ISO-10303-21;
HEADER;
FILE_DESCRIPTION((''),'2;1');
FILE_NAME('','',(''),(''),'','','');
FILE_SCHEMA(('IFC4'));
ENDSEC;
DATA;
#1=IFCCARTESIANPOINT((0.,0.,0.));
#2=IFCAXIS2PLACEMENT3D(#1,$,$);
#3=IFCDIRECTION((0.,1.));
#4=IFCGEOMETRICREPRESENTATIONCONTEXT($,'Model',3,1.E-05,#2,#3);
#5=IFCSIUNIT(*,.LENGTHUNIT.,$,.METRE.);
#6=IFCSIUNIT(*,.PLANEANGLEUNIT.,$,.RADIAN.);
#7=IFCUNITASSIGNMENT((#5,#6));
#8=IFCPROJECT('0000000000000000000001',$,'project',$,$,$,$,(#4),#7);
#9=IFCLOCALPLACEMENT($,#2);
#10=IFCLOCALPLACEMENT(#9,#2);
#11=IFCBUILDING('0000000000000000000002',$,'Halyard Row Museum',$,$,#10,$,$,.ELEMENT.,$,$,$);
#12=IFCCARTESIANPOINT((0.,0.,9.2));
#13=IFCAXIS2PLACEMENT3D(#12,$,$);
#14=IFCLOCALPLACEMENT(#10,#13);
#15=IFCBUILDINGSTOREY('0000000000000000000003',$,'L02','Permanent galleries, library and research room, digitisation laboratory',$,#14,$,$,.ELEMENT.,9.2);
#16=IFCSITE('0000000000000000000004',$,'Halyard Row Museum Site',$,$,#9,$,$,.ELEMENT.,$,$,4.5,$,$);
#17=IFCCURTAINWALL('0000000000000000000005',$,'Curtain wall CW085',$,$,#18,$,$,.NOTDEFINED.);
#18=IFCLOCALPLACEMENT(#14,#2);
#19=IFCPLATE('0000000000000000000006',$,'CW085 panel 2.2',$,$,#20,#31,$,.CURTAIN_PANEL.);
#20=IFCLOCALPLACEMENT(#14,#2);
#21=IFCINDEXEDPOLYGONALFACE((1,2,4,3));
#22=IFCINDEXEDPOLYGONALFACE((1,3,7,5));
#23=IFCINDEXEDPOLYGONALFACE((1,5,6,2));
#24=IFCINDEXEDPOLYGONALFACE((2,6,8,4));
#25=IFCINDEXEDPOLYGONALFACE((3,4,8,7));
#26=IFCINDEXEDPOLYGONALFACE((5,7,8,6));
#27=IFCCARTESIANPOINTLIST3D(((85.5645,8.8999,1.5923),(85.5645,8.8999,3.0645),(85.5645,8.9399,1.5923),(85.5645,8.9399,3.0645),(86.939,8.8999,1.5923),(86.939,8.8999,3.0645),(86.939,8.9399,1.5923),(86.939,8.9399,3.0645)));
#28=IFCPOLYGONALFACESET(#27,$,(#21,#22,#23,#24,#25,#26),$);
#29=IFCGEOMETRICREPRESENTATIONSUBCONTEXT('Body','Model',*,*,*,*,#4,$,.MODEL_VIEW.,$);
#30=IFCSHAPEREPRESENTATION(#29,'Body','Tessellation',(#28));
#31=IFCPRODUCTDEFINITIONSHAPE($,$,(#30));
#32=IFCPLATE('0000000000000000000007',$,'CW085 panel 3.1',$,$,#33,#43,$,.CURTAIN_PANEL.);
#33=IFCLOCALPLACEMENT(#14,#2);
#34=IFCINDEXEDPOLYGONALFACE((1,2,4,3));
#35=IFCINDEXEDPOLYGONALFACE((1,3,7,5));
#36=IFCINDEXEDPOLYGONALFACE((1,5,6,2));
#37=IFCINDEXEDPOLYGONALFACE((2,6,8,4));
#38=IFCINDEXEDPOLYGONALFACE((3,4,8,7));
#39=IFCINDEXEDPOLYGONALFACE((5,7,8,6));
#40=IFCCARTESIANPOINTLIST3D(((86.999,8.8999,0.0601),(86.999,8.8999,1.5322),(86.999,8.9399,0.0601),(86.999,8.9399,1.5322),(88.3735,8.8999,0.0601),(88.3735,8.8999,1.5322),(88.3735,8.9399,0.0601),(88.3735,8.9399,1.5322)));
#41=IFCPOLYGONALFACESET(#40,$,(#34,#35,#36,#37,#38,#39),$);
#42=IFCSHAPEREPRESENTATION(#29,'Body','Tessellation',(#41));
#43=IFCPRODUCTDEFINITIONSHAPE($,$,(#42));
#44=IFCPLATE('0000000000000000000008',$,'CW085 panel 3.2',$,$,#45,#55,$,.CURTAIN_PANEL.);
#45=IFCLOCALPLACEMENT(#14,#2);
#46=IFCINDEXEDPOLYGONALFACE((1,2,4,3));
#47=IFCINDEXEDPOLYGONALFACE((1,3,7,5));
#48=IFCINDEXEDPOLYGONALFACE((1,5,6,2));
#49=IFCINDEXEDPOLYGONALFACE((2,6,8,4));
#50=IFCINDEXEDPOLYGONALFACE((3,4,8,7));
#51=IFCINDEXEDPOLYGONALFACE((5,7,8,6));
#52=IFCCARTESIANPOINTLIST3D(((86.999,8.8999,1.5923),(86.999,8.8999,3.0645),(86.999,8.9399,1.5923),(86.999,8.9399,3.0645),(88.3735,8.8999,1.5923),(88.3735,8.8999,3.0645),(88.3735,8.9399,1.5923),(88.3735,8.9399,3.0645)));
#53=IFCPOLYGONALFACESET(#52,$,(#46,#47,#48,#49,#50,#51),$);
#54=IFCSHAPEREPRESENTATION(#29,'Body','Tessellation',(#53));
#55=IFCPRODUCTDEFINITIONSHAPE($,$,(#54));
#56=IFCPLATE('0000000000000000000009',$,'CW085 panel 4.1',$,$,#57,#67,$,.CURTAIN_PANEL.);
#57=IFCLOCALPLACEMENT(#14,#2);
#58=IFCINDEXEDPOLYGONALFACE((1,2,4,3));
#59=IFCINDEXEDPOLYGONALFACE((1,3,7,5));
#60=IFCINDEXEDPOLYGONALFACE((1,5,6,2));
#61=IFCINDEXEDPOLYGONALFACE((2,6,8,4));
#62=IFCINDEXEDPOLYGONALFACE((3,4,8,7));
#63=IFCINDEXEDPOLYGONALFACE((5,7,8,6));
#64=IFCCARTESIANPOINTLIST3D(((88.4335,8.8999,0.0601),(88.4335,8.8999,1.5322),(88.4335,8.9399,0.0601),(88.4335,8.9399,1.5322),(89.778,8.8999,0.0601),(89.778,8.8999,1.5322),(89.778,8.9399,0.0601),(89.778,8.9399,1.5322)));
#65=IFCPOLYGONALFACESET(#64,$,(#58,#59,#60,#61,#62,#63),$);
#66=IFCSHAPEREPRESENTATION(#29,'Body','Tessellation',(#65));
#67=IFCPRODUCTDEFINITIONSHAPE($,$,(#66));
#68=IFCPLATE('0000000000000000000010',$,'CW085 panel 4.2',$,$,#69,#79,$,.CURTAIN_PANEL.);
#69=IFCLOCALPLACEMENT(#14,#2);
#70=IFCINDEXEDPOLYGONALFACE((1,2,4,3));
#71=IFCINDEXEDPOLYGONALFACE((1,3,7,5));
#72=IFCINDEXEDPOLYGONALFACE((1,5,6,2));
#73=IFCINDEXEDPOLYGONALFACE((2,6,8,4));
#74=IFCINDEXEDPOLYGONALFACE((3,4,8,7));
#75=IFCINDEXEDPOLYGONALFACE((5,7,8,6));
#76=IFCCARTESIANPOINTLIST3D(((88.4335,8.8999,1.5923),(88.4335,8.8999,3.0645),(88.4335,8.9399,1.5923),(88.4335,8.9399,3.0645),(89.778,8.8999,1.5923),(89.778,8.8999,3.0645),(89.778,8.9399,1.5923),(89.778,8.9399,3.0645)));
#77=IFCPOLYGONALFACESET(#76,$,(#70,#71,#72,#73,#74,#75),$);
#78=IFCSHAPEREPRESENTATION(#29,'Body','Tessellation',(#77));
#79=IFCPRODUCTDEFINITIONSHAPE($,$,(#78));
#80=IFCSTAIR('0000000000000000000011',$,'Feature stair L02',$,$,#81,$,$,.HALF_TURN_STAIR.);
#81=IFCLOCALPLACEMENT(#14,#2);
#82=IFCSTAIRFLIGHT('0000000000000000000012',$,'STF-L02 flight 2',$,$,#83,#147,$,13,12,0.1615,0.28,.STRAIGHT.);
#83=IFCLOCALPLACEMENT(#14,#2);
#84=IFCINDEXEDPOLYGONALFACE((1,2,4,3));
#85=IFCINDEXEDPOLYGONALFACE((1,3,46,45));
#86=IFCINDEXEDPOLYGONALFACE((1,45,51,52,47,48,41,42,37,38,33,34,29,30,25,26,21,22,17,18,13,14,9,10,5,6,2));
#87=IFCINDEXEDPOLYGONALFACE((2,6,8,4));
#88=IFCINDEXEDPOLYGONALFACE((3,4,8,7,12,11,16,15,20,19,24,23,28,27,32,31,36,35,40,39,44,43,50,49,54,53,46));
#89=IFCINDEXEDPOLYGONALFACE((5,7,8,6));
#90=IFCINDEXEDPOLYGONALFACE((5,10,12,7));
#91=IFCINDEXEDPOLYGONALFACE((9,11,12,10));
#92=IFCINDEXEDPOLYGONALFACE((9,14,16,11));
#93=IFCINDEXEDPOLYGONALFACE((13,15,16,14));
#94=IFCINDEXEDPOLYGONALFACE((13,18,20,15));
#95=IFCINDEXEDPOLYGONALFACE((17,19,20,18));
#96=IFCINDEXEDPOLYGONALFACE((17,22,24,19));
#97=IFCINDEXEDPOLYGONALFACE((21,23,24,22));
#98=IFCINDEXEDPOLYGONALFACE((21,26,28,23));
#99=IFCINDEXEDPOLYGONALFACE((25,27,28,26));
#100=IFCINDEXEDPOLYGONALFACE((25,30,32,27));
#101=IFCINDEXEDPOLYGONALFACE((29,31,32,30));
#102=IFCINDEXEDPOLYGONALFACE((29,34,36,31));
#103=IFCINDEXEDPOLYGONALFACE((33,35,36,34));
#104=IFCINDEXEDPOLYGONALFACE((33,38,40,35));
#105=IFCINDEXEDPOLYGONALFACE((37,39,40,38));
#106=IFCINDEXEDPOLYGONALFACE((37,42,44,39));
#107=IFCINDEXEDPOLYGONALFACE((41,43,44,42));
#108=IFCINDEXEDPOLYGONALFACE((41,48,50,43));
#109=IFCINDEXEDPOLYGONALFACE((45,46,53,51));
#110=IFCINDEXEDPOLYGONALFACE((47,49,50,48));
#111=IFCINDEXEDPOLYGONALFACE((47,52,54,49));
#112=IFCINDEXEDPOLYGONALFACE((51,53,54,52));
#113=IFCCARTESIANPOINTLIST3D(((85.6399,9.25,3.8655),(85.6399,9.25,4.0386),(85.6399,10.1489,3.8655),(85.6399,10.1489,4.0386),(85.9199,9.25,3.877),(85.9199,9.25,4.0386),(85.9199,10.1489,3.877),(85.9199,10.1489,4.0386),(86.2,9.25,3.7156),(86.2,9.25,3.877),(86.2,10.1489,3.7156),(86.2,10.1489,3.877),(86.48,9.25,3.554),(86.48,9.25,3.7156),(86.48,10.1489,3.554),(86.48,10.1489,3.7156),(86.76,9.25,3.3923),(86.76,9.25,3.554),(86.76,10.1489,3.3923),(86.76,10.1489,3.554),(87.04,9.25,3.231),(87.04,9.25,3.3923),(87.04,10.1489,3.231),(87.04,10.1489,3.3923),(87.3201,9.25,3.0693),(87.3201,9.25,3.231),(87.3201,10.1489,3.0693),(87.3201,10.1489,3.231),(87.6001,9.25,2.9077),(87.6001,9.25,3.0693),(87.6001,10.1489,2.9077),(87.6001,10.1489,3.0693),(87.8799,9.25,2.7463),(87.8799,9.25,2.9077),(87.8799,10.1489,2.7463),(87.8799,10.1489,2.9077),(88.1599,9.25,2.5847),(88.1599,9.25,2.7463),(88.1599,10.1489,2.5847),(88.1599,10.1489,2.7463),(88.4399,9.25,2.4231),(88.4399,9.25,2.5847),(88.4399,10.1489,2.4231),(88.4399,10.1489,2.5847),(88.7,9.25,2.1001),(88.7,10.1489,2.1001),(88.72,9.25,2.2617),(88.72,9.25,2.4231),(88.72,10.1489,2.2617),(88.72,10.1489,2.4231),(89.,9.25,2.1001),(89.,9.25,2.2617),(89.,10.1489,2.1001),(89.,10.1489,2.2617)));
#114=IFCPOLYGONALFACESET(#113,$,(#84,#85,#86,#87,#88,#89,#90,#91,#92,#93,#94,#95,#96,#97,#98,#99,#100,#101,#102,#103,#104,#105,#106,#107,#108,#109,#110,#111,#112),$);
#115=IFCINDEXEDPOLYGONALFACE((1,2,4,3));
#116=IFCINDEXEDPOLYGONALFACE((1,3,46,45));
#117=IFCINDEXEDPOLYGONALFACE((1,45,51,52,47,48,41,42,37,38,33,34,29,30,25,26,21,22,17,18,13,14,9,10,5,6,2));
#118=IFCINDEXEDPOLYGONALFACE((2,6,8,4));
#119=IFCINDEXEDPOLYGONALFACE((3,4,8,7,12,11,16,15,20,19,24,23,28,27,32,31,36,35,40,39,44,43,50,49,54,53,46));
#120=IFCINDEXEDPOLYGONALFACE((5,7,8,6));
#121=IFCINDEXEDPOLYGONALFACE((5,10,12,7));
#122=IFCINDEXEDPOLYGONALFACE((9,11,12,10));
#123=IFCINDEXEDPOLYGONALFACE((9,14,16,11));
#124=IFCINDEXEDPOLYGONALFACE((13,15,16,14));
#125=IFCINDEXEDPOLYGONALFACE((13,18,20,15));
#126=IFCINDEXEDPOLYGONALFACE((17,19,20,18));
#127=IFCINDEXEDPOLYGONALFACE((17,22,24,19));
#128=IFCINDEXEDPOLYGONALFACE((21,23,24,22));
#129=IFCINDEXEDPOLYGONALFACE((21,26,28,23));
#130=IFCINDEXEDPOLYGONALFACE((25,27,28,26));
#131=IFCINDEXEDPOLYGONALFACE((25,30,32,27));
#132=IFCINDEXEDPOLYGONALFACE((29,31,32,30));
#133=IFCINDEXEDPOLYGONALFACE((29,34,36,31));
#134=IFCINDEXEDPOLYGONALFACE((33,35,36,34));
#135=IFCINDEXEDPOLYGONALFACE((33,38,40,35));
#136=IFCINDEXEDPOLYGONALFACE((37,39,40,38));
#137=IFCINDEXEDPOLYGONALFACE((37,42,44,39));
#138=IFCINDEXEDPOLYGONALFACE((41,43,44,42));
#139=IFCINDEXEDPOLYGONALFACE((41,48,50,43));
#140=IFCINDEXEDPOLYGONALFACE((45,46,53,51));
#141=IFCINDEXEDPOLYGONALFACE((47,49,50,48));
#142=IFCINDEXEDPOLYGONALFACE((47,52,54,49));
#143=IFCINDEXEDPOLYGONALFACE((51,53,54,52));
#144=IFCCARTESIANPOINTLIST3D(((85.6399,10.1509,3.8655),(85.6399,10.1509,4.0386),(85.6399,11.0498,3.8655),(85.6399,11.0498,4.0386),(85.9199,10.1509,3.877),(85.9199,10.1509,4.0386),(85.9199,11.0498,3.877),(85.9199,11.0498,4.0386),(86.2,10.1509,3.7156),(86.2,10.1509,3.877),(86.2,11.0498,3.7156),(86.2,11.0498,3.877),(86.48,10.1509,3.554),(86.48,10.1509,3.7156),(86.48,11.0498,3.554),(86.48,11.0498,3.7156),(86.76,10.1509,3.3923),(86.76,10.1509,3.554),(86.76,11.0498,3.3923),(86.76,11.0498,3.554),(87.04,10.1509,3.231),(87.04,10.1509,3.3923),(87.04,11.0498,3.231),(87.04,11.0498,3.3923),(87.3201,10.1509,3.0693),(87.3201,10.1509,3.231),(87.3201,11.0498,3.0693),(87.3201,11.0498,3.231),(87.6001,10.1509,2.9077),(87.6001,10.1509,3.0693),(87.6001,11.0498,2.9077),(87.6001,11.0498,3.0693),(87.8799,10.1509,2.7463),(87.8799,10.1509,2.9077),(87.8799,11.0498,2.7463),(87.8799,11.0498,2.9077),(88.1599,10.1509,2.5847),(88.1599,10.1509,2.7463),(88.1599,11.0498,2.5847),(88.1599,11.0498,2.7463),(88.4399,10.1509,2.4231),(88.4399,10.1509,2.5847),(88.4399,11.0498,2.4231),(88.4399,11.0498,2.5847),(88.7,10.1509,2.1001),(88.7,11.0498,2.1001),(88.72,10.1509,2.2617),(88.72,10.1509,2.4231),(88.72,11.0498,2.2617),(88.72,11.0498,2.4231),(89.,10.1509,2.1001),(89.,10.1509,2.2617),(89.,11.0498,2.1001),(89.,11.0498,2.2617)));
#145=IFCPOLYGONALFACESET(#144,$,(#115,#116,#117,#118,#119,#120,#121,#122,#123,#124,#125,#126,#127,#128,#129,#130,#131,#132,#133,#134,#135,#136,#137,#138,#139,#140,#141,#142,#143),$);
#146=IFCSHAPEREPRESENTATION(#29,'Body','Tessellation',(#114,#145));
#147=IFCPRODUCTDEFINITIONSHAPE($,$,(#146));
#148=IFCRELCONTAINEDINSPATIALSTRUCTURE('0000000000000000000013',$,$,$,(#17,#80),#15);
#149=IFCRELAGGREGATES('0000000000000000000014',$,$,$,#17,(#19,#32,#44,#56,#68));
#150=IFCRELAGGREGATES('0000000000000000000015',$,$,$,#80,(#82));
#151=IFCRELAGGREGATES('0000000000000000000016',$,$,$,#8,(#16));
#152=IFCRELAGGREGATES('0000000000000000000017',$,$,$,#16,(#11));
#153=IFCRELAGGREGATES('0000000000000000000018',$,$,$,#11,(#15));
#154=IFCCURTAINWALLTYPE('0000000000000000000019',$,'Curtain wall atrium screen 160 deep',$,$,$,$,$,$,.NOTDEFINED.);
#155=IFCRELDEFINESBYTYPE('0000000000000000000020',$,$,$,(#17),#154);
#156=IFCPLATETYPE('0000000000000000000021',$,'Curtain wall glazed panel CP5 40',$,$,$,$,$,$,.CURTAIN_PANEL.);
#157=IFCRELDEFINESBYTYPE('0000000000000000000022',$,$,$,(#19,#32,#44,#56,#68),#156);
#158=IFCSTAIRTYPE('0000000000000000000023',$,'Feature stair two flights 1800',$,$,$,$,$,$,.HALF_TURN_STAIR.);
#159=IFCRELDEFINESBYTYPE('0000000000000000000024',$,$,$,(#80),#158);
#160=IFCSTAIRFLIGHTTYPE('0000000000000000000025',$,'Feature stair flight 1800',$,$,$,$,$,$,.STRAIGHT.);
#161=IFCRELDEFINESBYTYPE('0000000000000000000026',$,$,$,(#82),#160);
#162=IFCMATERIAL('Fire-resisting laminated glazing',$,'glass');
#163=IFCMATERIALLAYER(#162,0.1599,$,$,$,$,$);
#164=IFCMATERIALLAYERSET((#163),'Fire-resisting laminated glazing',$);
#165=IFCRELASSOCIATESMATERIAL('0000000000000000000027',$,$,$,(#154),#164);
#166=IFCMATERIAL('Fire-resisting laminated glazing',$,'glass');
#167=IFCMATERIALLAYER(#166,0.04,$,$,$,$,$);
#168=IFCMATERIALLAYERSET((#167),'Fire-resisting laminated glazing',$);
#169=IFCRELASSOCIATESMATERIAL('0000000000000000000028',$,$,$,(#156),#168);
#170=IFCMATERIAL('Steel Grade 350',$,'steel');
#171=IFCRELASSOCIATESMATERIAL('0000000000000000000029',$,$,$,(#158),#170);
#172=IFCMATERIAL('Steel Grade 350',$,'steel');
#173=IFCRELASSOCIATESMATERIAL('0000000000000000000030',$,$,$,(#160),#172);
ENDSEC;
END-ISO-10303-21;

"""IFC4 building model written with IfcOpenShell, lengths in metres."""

from ifc_helpers import new_model, si_unit, direction, frame, origin, origin_2d, place, context, subcontext, project, spatial, polyline, rectangle, outline, extrude, material, layer, layer_set, type_object, element, aggregate, save


model = new_model("IFC4")

# Units and contexts
model_context = context("Model", 3, precision=1e-05, world=origin(), true_north=direction((0.0, 1.0)))
body_context = subcontext(model_context, "Body", "Model", "MODEL_VIEW")
ifc_project = project(units=[si_unit("LENGTHUNIT", "METRE"), si_unit("PLANEANGLEUNIT", "RADIAN")], contexts=[model_context])

# Site, building, storey
site_placement = place(None, origin())
site = spatial("IfcSite", under=ifc_project, at=site_placement, Name="Halyard Row Museum Site", CompositionType="ELEMENT", RefElevation=4.5)
building_placement = place(site_placement, origin())
building = spatial("IfcBuilding", under=site, at=building_placement, Name="Halyard Row Museum", CompositionType="ELEMENT")
storey_placement = place(building_placement, frame((0.0, 0.0, 9.2)))
storey = spatial("IfcBuildingStorey", under=building, at=storey_placement, Name="L02", Description="Permanent galleries, library and research room, digitisation laboratory", CompositionType="ELEMENT", Elevation=9.2)

# Curtain wall
ifc_material_1 = material(Name="Fire-resisting laminated glazing", Category="glass")
ifc_layer_1 = layer(ifc_material_1, 0.1599)
ifc_layer_set_1 = layer_set([ifc_layer_1], Name="Fire-resisting laminated glazing")
curtain_wall_type = type_object("IfcCurtainWallType", Name="Curtain wall atrium screen 160 deep", PredefinedType="NOTDEFINED", material=ifc_layer_set_1)
curtain_wall_placement = place(storey_placement, origin())
curtain_wall = element("IfcCurtainWall", 1, at=curtain_wall_placement, inside=storey, type_object=curtain_wall_type, Name="Curtain wall CW085", PredefinedType="NOTDEFINED")

# Plates
ifc_material_2 = material(Name="Fire-resisting laminated glazing", Category="glass")
ifc_layer_2 = layer(ifc_material_2, 0.04)
ifc_layer_set_2 = layer_set([ifc_layer_2], Name="Fire-resisting laminated glazing")
plate_type = type_object("IfcPlateType", Name="Curtain wall glazed panel CP5 40", PredefinedType="CURTAIN_PANEL", material=ifc_layer_set_2)
plate_1_placement = place(storey_placement, frame((86.2517, 8.9199, 1.5923), z_axis=(0.0, 0.0, 1.0), x_axis=(1.0, 0.0, 0.0)))
plate_1 = element("IfcPlate", 2, at=plate_1_placement, type_object=plate_type, Name="CW085 panel 2.2", PredefinedType="CURTAIN_PANEL", context=body_context, shape_type="SweptSolid", body=[
    extrude(rectangle(XDim=1.3745, YDim=0.04, at=origin_2d()), origin(), (0.0, 0.0, 1.0), 1.4722),
])
plate_2_placement = place(storey_placement, frame((87.6863, 8.9199, 0.0601), z_axis=(0.0, 0.0, 1.0), x_axis=(1.0, 0.0, 0.0)))
plate_2 = element("IfcPlate", 3, at=plate_2_placement, type_object=plate_type, Name="CW085 panel 3.1", PredefinedType="CURTAIN_PANEL", context=body_context, shape_type="SweptSolid", body=[
    extrude(rectangle(XDim=1.3745, YDim=0.04, at=origin_2d()), origin(), (0.0, 0.0, 1.0), 1.4722),
])
plate_3_placement = place(storey_placement, frame((87.6863, 8.9199, 1.5923), z_axis=(0.0, 0.0, 1.0), x_axis=(1.0, 0.0, 0.0)))
plate_3 = element("IfcPlate", 4, at=plate_3_placement, type_object=plate_type, Name="CW085 panel 3.2", PredefinedType="CURTAIN_PANEL", context=body_context, shape_type="SweptSolid", body=[
    extrude(rectangle(XDim=1.3745, YDim=0.04, at=origin_2d()), origin(), (0.0, 0.0, 1.0), 1.4722),
])
plate_4_placement = place(storey_placement, frame((89.1057, 8.9199, 0.0601), z_axis=(0.0, 0.0, 1.0), x_axis=(1.0, 0.0, 0.0)))
plate_4 = element("IfcPlate", 5, at=plate_4_placement, type_object=plate_type, Name="CW085 panel 4.1", PredefinedType="CURTAIN_PANEL", context=body_context, shape_type="SweptSolid", body=[
    extrude(rectangle(XDim=1.3445, YDim=0.04, at=origin_2d()), origin(), (0.0, 0.0, 1.0), 1.4722),
])
plate_5_placement = place(storey_placement, frame((89.1057, 8.9199, 1.5923), z_axis=(0.0, 0.0, 1.0), x_axis=(1.0, 0.0, 0.0)))
plate_5 = element("IfcPlate", 6, at=plate_5_placement, type_object=plate_type, Name="CW085 panel 4.2", PredefinedType="CURTAIN_PANEL", context=body_context, shape_type="SweptSolid", body=[
    extrude(rectangle(XDim=1.3445, YDim=0.04, at=origin_2d()), origin(), (0.0, 0.0, 1.0), 1.4722),
])
aggregate(curtain_wall, [plate_1, plate_2, plate_3, plate_4, plate_5])

# Stair, stair flight
ifc_material_3 = material(Name="Steel Grade 350", Category="steel")
stair_type = type_object("IfcStairType", Name="Feature stair two flights 1800", PredefinedType="HALF_TURN_STAIR", material=ifc_material_3)
stair_placement = place(storey_placement, origin())
stair = element("IfcStair", 7, at=stair_placement, inside=storey, type_object=stair_type, Name="Feature stair L02", PredefinedType="HALF_TURN_STAIR")
ifc_material_4 = material(Name="Steel Grade 350", Category="steel")
stair_flight_type = type_object("IfcStairFlightType", Name="Feature stair flight 1800", PredefinedType="STRAIGHT", material=ifc_material_4)
stair_flight_placement = place(storey_placement, frame((89.0, 10.1499, 2.1001), z_axis=(0.0, 0.0, 1.0), x_axis=(-1.0, 0.0, 0.0)))
stair_flight = element("IfcStairFlight", 8, at=stair_flight_placement, type_object=stair_flight_type, Name="STF-L02 flight 2", NumberOfRisers=13, NumberOfTreads=12, PredefinedType="STRAIGHT", RiserHeight=0.1615, TreadLength=0.28, context=body_context, shape_type="SweptSolid", body=[
    extrude(outline(polyline([(0.0, 0.0), (0.0, 0.1616), (0.28, 0.1616), (0.28, 0.323), (0.5601, 0.323), (0.5601, 0.4846), (0.8401, 0.4846), (0.8401, 0.6462), (1.1201, 0.6462), (1.1201, 0.8076), (1.3999, 0.8076), (1.3999, 0.9692), (1.6799, 0.9692), (1.6799, 1.1309), (1.96, 1.1309), (1.96, 1.2922), (2.24, 1.2922), (2.24, 1.4539), (2.52, 1.4539), (2.52, 1.6155), (2.8, 1.6155), (2.8, 1.7769), (3.0801, 1.7769), (3.0801, 1.9385), (3.3601, 1.9385), (3.3601, 2.1001), (3.3601, 1.7654), (0.3, 0.0), (0.0, 0.0)])), frame((0.0, 0.8999, 0.0), z_axis=(0.0, -1.0, 0.0), x_axis=(1.0, 0.0, 0.0)), (0.0, 0.0, 1.0), 0.8989),
    extrude(outline(polyline([(0.0, 0.0), (0.0, 0.1616), (0.28, 0.1616), (0.28, 0.323), (0.5601, 0.323), (0.5601, 0.4846), (0.8401, 0.4846), (0.8401, 0.6462), (1.1201, 0.6462), (1.1201, 0.8076), (1.3999, 0.8076), (1.3999, 0.9692), (1.6799, 0.9692), (1.6799, 1.1309), (1.96, 1.1309), (1.96, 1.2922), (2.24, 1.2922), (2.24, 1.4539), (2.52, 1.4539), (2.52, 1.6155), (2.8, 1.6155), (2.8, 1.7769), (3.0801, 1.7769), (3.0801, 1.9385), (3.3601, 1.9385), (3.3601, 2.1001), (3.3601, 1.7654), (0.3, 0.0), (0.0, 0.0)])), frame((0.0, -0.001, 0.0), z_axis=(0.0, -1.0, 0.0), x_axis=(1.0, 0.0, 0.0)), (0.0, 0.0, 1.0), 0.8989),
])
aggregate(stair, [stair_flight])

save(model, "model.ifc")
